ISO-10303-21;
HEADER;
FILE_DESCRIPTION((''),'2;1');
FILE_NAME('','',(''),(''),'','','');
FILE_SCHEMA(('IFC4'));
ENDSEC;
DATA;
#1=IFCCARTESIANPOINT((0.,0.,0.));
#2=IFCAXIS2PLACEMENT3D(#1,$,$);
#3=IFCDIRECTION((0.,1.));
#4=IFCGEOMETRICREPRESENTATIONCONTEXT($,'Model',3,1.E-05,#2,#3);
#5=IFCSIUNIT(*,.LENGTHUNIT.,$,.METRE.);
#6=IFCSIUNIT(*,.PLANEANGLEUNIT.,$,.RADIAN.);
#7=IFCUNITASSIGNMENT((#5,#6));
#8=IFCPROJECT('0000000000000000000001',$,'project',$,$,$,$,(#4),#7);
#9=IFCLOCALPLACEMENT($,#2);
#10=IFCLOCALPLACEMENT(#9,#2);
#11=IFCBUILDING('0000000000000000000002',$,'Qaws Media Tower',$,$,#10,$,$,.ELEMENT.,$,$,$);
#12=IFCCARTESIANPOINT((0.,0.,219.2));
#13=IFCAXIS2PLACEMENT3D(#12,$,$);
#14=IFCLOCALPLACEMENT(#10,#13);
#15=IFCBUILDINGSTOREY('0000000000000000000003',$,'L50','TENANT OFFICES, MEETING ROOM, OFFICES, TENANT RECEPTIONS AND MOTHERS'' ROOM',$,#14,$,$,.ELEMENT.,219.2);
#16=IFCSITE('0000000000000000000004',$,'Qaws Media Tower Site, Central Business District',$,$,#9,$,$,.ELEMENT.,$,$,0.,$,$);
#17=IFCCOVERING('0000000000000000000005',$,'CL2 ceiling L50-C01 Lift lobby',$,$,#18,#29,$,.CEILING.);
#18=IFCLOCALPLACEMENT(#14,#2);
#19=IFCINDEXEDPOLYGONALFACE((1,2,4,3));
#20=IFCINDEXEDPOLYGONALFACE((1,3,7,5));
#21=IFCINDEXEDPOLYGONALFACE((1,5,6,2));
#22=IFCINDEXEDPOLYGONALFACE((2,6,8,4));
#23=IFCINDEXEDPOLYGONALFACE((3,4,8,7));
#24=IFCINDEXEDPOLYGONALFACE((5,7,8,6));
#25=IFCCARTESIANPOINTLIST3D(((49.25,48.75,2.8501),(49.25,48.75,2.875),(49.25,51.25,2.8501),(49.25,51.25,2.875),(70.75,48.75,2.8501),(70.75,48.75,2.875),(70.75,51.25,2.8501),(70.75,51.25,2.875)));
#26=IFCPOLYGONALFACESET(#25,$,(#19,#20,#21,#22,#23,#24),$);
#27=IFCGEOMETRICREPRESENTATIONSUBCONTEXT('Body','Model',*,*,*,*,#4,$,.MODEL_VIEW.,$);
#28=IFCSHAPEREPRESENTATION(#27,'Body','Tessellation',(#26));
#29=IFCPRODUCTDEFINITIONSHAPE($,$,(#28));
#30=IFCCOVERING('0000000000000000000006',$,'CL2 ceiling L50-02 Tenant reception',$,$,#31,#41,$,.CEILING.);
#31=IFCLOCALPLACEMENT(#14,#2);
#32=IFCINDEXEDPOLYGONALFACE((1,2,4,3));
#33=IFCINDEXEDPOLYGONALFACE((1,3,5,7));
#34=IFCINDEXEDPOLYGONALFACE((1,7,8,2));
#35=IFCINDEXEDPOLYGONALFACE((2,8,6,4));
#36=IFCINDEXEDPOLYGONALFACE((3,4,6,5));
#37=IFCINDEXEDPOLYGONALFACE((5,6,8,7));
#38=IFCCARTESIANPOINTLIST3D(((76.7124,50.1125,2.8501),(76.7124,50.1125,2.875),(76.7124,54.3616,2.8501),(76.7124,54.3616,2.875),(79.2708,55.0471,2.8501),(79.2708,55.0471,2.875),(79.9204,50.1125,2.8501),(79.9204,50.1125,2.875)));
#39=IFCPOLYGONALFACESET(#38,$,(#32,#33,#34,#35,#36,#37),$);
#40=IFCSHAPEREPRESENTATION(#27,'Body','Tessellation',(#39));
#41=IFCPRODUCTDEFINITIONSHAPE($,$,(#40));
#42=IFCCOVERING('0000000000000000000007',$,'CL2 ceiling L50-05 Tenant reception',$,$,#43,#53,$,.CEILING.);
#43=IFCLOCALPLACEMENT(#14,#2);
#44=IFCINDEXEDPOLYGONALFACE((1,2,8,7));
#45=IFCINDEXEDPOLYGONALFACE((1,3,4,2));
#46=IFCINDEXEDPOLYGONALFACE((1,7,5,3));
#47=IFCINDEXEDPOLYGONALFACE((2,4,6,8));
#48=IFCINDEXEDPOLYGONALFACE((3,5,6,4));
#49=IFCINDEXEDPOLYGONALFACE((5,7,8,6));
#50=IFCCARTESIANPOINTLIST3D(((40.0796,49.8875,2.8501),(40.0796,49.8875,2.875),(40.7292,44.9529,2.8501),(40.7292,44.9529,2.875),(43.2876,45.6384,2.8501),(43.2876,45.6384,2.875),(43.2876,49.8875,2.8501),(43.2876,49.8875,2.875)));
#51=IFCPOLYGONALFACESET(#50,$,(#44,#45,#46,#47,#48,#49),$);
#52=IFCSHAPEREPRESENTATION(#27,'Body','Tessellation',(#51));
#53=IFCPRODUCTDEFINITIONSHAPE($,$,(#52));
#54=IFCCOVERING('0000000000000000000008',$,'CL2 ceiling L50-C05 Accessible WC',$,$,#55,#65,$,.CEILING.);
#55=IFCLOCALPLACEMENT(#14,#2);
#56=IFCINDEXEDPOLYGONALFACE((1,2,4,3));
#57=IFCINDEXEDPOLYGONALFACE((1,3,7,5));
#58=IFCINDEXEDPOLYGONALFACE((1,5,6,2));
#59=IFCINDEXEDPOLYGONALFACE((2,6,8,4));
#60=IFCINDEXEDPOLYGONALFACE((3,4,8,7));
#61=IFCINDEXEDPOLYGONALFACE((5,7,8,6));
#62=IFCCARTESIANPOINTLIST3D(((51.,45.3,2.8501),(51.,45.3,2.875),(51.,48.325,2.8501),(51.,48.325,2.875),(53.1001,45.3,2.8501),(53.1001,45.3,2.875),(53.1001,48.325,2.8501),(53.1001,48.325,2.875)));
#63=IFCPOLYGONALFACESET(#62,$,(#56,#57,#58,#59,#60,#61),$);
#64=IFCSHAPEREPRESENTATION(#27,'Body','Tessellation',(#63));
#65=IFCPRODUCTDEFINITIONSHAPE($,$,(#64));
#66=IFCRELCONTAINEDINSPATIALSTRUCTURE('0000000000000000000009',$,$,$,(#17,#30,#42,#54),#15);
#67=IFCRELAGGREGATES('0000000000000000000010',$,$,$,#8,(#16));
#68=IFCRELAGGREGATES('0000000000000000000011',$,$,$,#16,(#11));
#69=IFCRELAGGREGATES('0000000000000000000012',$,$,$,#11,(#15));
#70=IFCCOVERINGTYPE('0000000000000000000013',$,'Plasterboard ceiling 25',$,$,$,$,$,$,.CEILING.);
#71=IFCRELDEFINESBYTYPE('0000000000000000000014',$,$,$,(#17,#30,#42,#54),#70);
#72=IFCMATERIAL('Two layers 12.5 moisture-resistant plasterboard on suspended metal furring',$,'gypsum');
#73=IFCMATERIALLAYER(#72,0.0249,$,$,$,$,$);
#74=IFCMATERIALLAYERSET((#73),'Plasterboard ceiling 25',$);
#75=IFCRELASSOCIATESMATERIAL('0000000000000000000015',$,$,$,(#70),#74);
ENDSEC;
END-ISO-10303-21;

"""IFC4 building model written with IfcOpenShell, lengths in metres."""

from ifc_helpers import new_model, si_unit, direction, frame, origin, place, context, subcontext, project, spatial, polyline, outline, extrude, material, layer, layer_set, type_object, element, save


model = new_model("IFC4")

# Units and contexts
model_context = context("Model", 3, precision=1e-05, world=origin(), true_north=direction((0.0, 1.0)))
body_context = subcontext(model_context, "Body", "Model", "MODEL_VIEW")
ifc_project = project(units=[si_unit("LENGTHUNIT", "METRE"), si_unit("PLANEANGLEUNIT", "RADIAN")], contexts=[model_context])

# Site, building, storey
site_placement = place(None, origin())
site = spatial("IfcSite", under=ifc_project, at=site_placement, Name="Qaws Media Tower Site, Central Business District", CompositionType="ELEMENT", RefElevation=0.0)
building_placement = place(site_placement, origin())
building = spatial("IfcBuilding", under=site, at=building_placement, Name="Qaws Media Tower", CompositionType="ELEMENT")
storey_placement = place(building_placement, frame((0.0, 0.0, 219.2)))
storey = spatial("IfcBuildingStorey", under=building, at=storey_placement, Name="L50", Description="TENANT OFFICES, MEETING ROOM, OFFICES, TENANT RECEPTIONS AND MOTHERS' ROOM", CompositionType="ELEMENT", Elevation=219.2)

# Coverings
ifc_material_1 = material(Name="Two layers 12.5 moisture-resistant plasterboard on suspended metal furring", Category="gypsum")
ifc_layer_1 = layer(ifc_material_1, 0.0249)
ifc_layer_set_1 = layer_set([ifc_layer_1], Name="Plasterboard ceiling 25")
covering_type_1 = type_object("IfcCoveringType", Name="Plasterboard ceiling 25", PredefinedType="CEILING", material=ifc_layer_set_1)
covering_1_placement = place(storey_placement, frame((0.0, 0.0, 2.8501)))
element("IfcCovering", 1, at=covering_1_placement, inside=storey, type_object=covering_type_1, Name="CL2 ceiling L50-C01 Lift lobby", PredefinedType="CEILING", context=body_context, shape_type="SweptSolid", body=[
    extrude(outline(polyline([(49.25, 48.75), (49.25, 51.25), (70.75, 51.25), (70.75, 48.75), (49.25, 48.75)])), origin(), (0.0, 0.0, 1.0), 0.0249),
])
covering_2_placement = place(storey_placement, frame((0.0, 0.0, 2.8501)))
element("IfcCovering", 2, at=covering_2_placement, inside=storey, type_object=covering_type_1, Name="CL2 ceiling L50-02 Tenant reception", PredefinedType="CEILING", context=body_context, shape_type="SweptSolid", body=[
    extrude(outline(polyline([(79.9204, 50.1125), (76.7124, 50.1125), (76.7124, 54.3616), (79.2708, 55.0471), (79.9204, 50.1125)])), origin(), (0.0, 0.0, 1.0), 0.0249),
])
covering_3_placement = place(storey_placement, frame((0.0, 0.0, 2.8501)))
element("IfcCovering", 3, at=covering_3_placement, inside=storey, type_object=covering_type_1, Name="CL2 ceiling L50-05 Tenant reception", PredefinedType="CEILING", context=body_context, shape_type="SweptSolid", body=[
    extrude(outline(polyline([(40.0796, 49.8875), (43.2876, 49.8875), (43.2876, 45.6384), (40.7292, 44.9529), (40.0796, 49.8875)])), origin(), (0.0, 0.0, 1.0), 0.0249),
])
covering_4_placement = place(storey_placement, frame((0.0, 0.0, 2.8501)))
element("IfcCovering", 4, at=covering_4_placement, inside=storey, type_object=covering_type_1, Name="CL2 ceiling L50-C05 Accessible WC", PredefinedType="CEILING", context=body_context, shape_type="SweptSolid", body=[
    extrude(outline(polyline([(51.0, 45.3), (51.0, 48.325), (53.1001, 48.325), (53.1001, 45.3), (51.0, 45.3)])), origin(), (0.0, 0.0, 1.0), 0.0249),
])

save(model, "model.ifc")
